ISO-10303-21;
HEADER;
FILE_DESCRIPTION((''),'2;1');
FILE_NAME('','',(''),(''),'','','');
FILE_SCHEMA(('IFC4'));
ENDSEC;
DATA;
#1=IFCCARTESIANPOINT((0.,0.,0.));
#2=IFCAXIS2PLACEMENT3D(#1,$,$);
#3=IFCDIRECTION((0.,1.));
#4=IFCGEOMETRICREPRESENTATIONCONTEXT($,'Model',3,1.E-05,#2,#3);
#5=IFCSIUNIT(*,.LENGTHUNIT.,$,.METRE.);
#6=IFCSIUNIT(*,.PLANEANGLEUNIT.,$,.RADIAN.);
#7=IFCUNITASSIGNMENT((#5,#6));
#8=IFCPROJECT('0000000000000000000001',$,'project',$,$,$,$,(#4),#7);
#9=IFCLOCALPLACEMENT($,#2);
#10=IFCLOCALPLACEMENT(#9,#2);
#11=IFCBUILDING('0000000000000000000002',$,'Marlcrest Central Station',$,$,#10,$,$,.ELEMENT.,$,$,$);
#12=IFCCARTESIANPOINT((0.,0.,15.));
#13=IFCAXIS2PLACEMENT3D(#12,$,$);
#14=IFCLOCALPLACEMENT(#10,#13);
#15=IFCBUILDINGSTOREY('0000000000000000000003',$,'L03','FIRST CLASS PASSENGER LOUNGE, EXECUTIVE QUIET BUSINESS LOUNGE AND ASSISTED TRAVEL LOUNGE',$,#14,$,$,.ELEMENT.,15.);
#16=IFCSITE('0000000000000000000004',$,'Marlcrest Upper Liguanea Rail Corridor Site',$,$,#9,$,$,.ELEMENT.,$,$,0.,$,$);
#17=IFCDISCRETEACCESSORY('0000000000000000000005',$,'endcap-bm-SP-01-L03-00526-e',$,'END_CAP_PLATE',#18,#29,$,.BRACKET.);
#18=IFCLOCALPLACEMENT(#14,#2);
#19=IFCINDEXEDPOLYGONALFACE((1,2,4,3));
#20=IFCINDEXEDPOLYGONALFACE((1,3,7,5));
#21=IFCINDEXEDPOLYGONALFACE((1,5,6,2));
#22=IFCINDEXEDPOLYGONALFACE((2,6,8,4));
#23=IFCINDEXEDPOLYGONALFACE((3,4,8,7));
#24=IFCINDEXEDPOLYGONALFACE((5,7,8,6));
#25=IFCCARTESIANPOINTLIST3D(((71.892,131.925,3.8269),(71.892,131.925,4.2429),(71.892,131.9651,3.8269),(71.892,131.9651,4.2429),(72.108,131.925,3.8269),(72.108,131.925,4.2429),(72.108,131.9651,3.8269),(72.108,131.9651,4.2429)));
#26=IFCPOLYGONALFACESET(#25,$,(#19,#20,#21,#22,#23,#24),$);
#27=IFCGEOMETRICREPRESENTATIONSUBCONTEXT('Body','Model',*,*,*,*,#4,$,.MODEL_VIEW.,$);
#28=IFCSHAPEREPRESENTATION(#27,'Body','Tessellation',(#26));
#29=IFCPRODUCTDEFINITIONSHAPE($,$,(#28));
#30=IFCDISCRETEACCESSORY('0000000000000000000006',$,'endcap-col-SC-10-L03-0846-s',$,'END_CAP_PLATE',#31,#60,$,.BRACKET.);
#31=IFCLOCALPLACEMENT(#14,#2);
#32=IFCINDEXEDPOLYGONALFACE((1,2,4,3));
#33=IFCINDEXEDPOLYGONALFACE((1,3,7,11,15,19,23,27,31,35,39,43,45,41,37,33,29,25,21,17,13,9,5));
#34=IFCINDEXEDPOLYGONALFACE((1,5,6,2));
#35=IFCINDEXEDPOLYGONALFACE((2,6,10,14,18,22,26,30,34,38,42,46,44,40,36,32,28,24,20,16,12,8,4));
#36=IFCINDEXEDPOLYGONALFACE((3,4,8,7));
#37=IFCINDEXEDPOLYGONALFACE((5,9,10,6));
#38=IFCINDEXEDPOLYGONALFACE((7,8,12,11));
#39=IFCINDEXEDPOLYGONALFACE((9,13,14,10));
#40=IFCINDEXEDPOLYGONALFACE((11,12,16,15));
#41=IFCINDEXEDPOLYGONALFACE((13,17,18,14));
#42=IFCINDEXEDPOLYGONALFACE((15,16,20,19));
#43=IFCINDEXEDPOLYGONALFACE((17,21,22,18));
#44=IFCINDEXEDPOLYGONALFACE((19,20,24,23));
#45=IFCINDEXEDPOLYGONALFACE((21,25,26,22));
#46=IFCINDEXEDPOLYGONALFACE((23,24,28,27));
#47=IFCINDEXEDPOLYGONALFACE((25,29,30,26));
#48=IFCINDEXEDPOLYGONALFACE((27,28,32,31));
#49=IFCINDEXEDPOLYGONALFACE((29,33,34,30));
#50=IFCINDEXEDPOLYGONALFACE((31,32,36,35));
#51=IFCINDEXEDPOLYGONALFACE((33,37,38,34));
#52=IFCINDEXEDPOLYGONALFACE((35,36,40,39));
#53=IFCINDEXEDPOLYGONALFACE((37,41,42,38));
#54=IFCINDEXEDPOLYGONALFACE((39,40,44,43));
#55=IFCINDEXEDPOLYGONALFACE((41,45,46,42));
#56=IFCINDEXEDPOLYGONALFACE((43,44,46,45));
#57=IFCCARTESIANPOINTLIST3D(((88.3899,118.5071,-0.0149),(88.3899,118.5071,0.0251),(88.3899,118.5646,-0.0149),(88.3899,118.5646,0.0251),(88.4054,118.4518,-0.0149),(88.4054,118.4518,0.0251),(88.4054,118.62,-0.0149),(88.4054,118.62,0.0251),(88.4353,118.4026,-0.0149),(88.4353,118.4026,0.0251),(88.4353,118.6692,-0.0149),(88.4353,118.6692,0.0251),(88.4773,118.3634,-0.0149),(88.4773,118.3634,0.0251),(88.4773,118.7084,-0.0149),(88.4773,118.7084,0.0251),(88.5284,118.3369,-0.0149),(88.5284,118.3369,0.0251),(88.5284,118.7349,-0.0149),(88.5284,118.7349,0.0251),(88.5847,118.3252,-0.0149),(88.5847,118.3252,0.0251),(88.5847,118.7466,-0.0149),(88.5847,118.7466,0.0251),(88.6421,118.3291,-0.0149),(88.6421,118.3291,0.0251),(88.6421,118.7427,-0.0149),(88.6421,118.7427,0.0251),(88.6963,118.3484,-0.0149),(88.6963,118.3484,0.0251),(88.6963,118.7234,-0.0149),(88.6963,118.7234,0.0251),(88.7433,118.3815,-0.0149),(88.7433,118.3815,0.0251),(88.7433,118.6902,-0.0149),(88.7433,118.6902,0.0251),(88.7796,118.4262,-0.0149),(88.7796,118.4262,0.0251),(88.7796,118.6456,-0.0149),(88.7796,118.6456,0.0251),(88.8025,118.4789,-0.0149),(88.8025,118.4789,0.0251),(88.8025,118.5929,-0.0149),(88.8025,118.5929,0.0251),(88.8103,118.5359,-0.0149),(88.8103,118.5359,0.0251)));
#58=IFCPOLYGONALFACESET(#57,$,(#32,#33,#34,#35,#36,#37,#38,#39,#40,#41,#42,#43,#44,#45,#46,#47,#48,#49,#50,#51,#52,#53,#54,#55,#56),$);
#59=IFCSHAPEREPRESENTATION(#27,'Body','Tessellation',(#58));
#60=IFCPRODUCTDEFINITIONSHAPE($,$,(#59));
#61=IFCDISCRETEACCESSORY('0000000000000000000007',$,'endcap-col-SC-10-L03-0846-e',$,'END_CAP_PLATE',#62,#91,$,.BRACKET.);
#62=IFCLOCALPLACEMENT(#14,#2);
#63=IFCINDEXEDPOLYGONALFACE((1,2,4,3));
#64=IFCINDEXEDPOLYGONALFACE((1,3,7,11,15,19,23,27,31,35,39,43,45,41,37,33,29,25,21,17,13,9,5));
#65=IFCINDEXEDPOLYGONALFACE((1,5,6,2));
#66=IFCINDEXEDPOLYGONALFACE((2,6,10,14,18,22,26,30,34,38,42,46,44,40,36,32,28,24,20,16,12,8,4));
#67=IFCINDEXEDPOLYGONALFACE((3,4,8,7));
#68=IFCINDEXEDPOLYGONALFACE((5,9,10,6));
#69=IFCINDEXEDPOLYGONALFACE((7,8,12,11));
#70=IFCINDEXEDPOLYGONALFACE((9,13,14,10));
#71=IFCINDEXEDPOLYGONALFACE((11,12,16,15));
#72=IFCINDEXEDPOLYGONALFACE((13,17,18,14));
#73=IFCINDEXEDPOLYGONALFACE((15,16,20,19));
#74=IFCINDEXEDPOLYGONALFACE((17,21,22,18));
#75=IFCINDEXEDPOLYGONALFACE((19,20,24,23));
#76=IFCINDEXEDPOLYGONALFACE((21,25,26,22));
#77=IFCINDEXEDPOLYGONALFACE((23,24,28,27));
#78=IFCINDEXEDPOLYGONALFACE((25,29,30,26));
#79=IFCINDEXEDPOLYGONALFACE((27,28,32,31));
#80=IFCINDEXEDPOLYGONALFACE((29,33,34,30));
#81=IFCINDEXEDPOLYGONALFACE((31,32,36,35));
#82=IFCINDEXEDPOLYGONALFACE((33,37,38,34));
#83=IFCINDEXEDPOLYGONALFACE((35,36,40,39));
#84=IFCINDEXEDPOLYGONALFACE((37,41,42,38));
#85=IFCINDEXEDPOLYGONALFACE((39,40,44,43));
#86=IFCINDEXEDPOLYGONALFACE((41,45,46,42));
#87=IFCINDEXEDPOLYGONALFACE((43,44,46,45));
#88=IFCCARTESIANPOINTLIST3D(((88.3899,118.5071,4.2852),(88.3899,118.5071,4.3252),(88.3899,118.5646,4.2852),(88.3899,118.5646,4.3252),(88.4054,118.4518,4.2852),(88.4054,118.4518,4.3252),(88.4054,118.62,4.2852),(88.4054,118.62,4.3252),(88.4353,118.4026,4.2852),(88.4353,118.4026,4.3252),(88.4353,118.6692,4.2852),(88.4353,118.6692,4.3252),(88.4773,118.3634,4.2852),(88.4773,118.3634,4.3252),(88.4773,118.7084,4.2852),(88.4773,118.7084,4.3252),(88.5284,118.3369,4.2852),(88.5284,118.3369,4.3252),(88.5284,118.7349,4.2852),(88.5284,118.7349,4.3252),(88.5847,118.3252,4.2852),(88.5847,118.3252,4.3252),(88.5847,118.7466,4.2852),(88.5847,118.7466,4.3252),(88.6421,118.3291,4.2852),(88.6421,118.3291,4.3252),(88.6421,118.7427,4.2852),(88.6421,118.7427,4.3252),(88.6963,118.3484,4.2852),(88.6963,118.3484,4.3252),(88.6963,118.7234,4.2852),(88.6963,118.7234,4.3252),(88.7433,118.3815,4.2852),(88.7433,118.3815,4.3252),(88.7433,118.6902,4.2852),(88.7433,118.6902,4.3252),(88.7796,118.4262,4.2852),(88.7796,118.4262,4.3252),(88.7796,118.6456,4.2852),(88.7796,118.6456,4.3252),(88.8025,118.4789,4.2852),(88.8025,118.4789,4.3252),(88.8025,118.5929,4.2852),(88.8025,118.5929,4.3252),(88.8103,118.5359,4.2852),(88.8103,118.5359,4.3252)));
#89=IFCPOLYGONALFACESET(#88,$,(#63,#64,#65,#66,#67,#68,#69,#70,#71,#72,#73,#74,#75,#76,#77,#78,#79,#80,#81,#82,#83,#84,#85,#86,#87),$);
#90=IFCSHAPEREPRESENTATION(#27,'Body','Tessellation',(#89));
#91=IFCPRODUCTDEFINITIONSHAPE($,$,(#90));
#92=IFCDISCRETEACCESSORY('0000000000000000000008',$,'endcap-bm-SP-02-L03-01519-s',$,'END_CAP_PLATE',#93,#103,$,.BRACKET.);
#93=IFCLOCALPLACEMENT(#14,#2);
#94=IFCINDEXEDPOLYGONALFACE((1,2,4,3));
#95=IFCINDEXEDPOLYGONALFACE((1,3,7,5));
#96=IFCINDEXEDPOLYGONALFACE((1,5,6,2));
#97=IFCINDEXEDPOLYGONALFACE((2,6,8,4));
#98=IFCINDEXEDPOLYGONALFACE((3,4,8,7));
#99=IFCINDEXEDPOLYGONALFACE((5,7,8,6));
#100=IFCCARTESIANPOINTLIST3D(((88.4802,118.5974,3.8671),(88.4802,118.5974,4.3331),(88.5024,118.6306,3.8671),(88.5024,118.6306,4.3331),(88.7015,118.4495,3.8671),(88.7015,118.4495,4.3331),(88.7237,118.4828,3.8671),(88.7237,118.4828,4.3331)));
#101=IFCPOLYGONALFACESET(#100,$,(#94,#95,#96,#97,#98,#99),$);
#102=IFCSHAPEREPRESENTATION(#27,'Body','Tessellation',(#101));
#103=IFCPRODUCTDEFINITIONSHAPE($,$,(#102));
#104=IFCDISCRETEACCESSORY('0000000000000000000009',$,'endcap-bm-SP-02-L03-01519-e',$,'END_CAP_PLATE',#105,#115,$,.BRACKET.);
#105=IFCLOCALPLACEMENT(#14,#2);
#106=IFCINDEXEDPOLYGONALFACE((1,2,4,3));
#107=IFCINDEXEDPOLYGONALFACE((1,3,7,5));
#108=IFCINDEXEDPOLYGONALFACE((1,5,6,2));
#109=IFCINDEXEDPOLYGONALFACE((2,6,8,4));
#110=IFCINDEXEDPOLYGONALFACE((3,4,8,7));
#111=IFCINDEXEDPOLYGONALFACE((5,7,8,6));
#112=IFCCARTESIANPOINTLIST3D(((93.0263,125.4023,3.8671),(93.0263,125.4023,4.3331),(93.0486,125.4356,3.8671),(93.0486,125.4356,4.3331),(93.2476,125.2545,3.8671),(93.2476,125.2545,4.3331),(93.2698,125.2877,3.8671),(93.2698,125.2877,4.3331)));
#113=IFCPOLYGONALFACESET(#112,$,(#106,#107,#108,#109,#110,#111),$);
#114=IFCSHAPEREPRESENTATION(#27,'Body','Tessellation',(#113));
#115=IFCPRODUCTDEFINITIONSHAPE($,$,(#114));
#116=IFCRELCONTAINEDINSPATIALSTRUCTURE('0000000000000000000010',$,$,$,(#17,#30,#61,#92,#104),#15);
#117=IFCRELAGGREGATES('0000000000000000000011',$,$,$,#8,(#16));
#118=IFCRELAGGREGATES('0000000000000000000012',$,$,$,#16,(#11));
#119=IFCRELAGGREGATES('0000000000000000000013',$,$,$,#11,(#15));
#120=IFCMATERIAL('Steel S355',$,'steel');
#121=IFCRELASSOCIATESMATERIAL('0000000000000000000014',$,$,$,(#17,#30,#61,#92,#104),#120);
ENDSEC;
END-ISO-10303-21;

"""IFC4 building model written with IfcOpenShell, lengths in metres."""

from ifc_helpers import new_model, si_unit, direction, frame, origin, origin_2d, place, context, subcontext, project, spatial, rectangle, circle, extrude, material, element, save


model = new_model("IFC4")

# Units and contexts
model_context = context("Model", 3, precision=1e-05, world=origin(), true_north=direction((0.0, 1.0)))
body_context = subcontext(model_context, "Body", "Model", "MODEL_VIEW")
ifc_project = project(units=[si_unit("LENGTHUNIT", "METRE"), si_unit("PLANEANGLEUNIT", "RADIAN")], contexts=[model_context])

# Site, building, storey
site_placement = place(None, origin())
site = spatial("IfcSite", under=ifc_project, at=site_placement, Name="Marlcrest Upper Liguanea Rail Corridor Site", CompositionType="ELEMENT", RefElevation=0.0)
building_placement = place(site_placement, origin())
building = spatial("IfcBuilding", under=site, at=building_placement, Name="Marlcrest Central Station", CompositionType="ELEMENT")
storey_placement = place(building_placement, frame((0.0, 0.0, 15.0)))
storey = spatial("IfcBuildingStorey", under=building, at=storey_placement, Name="L03", Description="FIRST CLASS PASSENGER LOUNGE, EXECUTIVE QUIET BUSINESS LOUNGE AND ASSISTED TRAVEL LOUNGE", CompositionType="ELEMENT", Elevation=15.0)

# Shared definitions
ifc_material_1 = material(Name="Steel S355", Category="steel")

# Discrete accessories
discrete_accessory_placement = place(storey_placement, frame((72.0, 131.925, 4.0349), z_axis=(0.0, 1.0, 0.0), x_axis=(-1.0, 0.0, 0.0)))
element("IfcDiscreteAccessory", 1, at=discrete_accessory_placement, inside=storey, material=ifc_material_1, Name="endcap-bm-SP-01-L03-00526-e", ObjectType="END_CAP_PLATE", PredefinedType="BRACKET", context=body_context, shape_type="SweptSolid", body=[
    extrude(rectangle(XDim=0.2161, YDim=0.416, at=origin_2d()), origin(), (0.0, 0.0, 1.0), 0.04),
])
for number, where, z_axis, x_axis, name in (
    (2, (88.5991, 118.5359, -0.0149), (0.0, 0.0, 1.0), (1.0, 0.0, 0.0), "endcap-col-SC-10-L03-0846-s"),
    (3, (88.5991, 118.5359, 4.2852), (0.0, 0.0, 1.0), (1.0, 0.0, 0.0), "endcap-col-SC-10-L03-0846-e"),
):
    element("IfcDiscreteAccessory", number, at=place(storey_placement, frame(where, z_axis=z_axis, x_axis=x_axis)), inside=storey, material=ifc_material_1, Name=name, ObjectType="END_CAP_PLATE", PredefinedType="BRACKET", context=body_context, shape_type="SweptSolid", body=[
        extrude(circle(Radius=0.2112, at=origin_2d()), origin(), (0.0, 0.0, 1.0), 0.04),
    ])
for number, where, z_axis, x_axis, name in (
    (4, (88.5908, 118.5234, 4.1001), (0.555511, 0.831509, 0.0), (-0.831509, 0.555511, 0.0), "endcap-bm-SP-02-L03-01519-s"),
    (5, (93.137, 125.3284, 4.1001), (0.555511, 0.831509, 0.0), (-0.831509, 0.555511, 0.0), "endcap-bm-SP-02-L03-01519-e"),
):
    element("IfcDiscreteAccessory", number, at=place(storey_placement, frame(where, z_axis=z_axis, x_axis=x_axis)), inside=storey, material=ifc_material_1, Name=name, ObjectType="END_CAP_PLATE", PredefinedType="BRACKET", context=body_context, shape_type="SweptSolid", body=[
        extrude(rectangle(XDim=0.2661, YDim=0.4661, at=origin_2d()), origin(), (0.0, 0.0, 1.0), 0.04),
    ])

save(model, "model.ifc")
